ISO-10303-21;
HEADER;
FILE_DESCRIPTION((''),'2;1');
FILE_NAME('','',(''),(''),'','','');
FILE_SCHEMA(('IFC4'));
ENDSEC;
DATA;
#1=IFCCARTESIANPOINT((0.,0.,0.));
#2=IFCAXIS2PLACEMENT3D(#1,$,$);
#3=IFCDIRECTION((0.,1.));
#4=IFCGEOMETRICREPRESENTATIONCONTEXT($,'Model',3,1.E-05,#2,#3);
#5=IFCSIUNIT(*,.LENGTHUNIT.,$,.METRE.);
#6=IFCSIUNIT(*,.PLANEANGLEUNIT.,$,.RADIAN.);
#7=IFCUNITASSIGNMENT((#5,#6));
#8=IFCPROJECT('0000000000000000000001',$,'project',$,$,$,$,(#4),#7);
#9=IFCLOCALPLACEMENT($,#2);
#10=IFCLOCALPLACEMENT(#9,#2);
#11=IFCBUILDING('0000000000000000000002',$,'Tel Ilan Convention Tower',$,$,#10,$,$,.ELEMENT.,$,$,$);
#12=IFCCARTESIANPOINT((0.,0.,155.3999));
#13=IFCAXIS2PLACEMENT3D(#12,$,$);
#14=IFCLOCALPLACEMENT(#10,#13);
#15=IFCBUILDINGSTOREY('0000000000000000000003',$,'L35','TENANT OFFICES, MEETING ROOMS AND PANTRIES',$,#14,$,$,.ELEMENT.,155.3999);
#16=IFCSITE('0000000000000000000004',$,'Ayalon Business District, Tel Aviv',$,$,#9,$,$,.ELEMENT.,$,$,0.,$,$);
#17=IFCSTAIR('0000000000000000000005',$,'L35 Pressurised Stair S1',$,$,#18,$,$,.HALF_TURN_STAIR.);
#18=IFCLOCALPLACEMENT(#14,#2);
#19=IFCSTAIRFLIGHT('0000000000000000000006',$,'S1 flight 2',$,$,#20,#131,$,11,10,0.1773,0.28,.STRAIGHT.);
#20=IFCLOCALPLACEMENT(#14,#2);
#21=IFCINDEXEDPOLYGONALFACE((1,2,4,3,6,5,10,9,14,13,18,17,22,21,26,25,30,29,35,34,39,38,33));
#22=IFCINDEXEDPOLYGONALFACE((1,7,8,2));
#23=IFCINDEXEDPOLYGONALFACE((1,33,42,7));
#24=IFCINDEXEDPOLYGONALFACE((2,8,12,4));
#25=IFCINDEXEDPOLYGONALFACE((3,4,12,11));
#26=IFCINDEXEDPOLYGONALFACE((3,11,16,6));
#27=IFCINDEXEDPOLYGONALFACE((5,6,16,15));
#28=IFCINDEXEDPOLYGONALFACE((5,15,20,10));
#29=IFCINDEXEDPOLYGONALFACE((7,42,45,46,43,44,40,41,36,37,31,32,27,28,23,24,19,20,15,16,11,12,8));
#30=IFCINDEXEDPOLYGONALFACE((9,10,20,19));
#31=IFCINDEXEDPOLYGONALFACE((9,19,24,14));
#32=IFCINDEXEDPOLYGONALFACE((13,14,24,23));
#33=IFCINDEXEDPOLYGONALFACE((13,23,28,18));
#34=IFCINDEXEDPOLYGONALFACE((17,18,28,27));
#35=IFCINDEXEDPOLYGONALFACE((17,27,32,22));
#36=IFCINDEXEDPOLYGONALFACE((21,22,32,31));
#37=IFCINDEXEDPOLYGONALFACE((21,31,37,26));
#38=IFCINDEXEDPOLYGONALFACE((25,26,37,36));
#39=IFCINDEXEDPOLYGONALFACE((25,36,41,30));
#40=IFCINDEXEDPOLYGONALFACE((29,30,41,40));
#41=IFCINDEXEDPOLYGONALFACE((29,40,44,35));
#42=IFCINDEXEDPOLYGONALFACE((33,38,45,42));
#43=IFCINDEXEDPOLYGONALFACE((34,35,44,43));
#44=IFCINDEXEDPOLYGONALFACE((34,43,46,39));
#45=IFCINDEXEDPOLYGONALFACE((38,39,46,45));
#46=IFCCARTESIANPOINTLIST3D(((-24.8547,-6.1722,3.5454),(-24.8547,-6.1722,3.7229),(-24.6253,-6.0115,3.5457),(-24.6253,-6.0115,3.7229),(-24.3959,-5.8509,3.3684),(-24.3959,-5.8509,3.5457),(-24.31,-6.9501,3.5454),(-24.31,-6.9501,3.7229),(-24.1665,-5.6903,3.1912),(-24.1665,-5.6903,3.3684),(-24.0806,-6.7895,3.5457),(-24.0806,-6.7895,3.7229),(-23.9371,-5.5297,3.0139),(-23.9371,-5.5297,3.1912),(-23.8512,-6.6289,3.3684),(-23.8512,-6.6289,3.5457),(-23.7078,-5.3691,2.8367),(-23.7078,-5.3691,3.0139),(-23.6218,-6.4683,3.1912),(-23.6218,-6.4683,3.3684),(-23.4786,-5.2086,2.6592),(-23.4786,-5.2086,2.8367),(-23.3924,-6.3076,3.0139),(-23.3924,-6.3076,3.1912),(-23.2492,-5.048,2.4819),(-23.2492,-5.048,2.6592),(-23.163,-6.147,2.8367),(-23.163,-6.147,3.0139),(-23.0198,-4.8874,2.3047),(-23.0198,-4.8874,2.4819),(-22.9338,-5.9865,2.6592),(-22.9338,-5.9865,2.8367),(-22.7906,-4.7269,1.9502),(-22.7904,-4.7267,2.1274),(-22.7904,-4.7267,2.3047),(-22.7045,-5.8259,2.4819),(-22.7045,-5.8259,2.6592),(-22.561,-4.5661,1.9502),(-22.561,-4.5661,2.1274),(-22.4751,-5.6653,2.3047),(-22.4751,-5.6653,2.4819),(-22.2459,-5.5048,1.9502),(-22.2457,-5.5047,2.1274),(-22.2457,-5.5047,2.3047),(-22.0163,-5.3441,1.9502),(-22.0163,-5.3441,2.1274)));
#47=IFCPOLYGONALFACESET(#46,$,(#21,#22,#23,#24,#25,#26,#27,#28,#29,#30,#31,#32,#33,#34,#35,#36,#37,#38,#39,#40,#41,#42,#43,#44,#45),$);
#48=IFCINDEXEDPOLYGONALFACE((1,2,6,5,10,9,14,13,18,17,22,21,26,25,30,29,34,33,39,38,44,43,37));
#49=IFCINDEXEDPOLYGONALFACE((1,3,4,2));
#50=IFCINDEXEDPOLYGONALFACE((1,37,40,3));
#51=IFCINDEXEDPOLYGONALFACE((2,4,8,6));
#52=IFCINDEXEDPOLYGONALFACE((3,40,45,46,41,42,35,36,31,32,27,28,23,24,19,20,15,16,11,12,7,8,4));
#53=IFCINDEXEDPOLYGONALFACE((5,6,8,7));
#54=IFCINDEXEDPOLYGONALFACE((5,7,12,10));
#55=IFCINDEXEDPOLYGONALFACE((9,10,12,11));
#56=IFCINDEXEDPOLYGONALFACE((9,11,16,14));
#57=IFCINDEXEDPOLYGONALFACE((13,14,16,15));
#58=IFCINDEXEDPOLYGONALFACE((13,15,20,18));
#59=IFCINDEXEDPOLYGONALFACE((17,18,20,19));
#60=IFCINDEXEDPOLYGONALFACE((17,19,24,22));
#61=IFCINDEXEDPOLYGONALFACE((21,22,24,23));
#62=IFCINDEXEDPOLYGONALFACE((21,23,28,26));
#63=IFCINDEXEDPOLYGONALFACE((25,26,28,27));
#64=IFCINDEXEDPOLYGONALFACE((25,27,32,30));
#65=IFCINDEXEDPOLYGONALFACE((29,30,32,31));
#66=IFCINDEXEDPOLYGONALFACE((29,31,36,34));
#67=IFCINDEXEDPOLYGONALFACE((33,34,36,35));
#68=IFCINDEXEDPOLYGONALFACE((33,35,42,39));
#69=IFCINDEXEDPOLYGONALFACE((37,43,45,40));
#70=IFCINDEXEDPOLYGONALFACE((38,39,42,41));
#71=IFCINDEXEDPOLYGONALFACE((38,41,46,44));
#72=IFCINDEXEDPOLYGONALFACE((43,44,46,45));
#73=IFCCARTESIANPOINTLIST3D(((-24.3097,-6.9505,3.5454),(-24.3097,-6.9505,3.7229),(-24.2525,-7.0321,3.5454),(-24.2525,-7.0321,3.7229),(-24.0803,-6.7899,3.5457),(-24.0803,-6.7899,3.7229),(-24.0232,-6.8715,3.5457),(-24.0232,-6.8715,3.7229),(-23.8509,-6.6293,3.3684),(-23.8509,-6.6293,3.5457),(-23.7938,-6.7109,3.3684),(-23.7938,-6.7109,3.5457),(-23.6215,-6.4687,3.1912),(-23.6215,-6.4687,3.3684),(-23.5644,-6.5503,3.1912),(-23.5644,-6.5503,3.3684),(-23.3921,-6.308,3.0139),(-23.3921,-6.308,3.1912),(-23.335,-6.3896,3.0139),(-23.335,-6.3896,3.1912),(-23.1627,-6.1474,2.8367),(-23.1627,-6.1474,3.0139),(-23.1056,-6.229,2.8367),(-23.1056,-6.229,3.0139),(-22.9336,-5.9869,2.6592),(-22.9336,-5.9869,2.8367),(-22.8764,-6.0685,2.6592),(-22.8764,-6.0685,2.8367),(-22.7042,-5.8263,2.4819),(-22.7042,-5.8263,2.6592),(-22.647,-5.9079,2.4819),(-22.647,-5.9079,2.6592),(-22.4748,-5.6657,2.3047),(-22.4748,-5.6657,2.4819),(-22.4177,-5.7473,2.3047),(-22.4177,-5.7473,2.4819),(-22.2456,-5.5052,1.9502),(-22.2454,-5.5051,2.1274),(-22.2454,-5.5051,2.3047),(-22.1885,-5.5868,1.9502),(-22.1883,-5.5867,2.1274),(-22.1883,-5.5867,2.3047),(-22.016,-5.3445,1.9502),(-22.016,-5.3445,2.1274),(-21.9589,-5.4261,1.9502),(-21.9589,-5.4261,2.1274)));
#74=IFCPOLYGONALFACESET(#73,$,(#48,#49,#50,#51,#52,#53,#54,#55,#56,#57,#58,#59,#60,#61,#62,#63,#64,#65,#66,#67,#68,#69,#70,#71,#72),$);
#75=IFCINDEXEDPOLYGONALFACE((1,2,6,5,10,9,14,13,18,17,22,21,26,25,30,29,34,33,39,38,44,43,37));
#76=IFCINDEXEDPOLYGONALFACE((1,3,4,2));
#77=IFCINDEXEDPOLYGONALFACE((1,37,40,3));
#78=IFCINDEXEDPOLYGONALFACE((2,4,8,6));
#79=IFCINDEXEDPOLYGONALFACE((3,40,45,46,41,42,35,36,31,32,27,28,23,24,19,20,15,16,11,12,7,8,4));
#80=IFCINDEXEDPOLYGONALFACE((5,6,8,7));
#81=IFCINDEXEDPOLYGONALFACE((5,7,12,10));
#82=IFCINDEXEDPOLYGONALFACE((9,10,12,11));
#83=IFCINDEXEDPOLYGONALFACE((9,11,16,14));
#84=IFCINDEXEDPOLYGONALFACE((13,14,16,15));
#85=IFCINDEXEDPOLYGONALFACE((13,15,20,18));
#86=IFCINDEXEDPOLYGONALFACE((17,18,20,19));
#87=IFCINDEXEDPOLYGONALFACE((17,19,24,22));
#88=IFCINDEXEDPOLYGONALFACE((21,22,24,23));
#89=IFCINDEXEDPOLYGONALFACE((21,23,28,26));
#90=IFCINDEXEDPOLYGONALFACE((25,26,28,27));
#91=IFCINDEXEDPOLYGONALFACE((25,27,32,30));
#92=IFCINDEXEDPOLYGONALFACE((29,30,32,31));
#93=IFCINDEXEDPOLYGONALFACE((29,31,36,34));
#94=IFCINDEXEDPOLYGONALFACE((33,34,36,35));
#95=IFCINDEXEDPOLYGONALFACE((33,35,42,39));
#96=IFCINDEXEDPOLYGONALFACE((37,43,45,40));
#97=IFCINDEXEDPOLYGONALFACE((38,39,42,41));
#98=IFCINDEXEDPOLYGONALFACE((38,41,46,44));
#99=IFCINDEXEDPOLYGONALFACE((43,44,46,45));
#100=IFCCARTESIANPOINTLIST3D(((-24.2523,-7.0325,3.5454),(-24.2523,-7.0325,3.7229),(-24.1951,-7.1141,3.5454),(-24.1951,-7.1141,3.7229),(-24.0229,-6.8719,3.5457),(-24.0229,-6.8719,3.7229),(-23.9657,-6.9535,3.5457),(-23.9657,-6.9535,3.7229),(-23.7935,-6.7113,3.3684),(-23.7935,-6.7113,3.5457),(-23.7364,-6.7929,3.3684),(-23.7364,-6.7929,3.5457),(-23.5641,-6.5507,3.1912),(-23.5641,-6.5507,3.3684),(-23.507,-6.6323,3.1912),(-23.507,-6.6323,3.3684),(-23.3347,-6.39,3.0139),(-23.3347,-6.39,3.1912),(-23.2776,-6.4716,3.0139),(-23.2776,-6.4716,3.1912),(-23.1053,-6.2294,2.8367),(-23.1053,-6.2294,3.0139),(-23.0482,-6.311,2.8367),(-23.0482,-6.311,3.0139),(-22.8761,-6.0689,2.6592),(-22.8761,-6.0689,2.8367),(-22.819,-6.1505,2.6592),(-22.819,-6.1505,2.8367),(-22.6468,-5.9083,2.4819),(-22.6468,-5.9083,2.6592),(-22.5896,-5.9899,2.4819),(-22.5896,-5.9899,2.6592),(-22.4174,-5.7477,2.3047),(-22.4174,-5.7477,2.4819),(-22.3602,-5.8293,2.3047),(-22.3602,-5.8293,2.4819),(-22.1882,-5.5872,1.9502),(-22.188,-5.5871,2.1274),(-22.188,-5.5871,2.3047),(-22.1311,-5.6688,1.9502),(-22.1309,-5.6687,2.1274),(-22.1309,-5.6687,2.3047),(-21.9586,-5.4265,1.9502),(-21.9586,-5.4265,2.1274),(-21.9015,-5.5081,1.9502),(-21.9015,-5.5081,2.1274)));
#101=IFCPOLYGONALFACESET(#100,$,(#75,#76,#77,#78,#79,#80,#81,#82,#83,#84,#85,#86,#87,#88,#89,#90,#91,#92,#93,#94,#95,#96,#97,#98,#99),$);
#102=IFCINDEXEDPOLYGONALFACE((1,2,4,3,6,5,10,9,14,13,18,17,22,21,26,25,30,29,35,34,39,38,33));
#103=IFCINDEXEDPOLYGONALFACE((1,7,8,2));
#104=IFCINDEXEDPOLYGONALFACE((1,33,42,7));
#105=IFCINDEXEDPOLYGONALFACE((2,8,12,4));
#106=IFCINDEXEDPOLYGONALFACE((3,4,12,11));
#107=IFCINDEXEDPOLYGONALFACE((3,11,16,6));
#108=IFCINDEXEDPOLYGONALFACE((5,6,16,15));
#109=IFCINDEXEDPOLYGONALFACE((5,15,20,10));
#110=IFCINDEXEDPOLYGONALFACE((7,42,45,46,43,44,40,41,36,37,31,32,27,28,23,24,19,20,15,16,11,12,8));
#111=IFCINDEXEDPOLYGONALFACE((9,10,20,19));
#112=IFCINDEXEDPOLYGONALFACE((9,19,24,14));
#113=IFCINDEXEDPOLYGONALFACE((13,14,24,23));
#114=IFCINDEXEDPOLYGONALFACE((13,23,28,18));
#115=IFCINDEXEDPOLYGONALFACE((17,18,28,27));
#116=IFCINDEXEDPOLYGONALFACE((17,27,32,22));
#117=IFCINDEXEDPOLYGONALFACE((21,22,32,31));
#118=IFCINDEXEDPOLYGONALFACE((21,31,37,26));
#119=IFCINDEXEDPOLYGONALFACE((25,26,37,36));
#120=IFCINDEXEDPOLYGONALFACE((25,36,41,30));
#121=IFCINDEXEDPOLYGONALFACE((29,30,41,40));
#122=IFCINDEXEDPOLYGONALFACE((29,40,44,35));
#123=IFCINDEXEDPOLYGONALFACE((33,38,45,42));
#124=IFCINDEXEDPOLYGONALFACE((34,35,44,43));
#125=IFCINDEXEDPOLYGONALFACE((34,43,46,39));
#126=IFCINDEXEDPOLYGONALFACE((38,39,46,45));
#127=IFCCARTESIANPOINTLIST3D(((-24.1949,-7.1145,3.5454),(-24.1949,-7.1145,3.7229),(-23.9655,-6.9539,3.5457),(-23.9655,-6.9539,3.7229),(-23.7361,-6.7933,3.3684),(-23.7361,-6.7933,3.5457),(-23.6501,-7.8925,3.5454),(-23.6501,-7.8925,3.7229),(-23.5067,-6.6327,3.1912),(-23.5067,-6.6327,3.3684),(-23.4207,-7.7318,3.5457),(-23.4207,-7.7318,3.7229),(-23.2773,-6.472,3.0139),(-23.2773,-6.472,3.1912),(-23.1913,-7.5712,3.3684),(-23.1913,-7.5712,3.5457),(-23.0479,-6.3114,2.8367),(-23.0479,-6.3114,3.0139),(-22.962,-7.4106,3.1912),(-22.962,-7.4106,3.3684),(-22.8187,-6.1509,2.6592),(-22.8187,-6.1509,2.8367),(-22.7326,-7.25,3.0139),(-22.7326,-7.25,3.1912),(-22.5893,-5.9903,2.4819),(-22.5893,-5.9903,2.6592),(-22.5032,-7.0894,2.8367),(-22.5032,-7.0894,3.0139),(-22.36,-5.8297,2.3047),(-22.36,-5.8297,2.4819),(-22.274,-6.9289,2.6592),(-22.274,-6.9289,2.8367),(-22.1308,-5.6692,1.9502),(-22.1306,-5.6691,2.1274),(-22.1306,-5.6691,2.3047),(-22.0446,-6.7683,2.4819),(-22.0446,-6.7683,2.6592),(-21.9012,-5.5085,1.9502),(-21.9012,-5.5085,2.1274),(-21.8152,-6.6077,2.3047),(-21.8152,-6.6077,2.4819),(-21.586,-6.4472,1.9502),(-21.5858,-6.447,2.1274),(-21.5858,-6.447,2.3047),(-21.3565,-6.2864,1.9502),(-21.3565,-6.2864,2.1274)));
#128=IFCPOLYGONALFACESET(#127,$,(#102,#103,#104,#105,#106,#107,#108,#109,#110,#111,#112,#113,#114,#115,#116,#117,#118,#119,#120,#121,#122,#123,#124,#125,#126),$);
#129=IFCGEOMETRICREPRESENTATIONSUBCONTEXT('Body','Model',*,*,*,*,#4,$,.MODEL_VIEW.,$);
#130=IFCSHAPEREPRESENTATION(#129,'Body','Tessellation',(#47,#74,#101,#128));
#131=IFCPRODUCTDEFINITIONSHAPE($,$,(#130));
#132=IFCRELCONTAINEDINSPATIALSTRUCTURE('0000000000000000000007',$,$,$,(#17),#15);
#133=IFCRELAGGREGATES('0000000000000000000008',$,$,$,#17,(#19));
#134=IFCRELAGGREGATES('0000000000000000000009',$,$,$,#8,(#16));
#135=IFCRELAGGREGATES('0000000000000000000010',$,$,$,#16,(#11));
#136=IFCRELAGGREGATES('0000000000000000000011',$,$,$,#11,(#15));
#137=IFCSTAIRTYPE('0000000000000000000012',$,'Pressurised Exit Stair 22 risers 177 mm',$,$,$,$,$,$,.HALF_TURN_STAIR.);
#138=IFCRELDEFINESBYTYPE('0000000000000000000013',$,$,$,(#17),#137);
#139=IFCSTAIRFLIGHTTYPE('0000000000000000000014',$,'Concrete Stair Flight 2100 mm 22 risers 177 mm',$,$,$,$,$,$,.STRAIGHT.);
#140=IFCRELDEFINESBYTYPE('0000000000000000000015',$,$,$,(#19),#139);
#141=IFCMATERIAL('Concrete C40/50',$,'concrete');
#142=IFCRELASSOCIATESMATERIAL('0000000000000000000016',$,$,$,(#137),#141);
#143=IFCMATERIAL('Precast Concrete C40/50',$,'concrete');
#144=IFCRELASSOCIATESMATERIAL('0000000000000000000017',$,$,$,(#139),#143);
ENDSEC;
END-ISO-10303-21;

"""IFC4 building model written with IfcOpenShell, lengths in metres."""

from ifc_helpers import new_model, si_unit, direction, frame, origin, place, context, subcontext, project, spatial, polyline, outline, extrude, material, type_object, element, aggregate, save


model = new_model("IFC4")

# Units and contexts
model_context = context("Model", 3, precision=1e-05, world=origin(), true_north=direction((0.0, 1.0)))
body_context = subcontext(model_context, "Body", "Model", "MODEL_VIEW")
ifc_project = project(units=[si_unit("LENGTHUNIT", "METRE"), si_unit("PLANEANGLEUNIT", "RADIAN")], contexts=[model_context])

# Site, building, storey
site_placement = place(None, origin())
site = spatial("IfcSite", under=ifc_project, at=site_placement, Name="Ayalon Business District, Tel Aviv", CompositionType="ELEMENT", RefElevation=0.0)
building_placement = place(site_placement, origin())
building = spatial("IfcBuilding", under=site, at=building_placement, Name="Tel Ilan Convention Tower", CompositionType="ELEMENT")
storey_placement = place(building_placement, frame((0.0, 0.0, 155.3999)))
storey = spatial("IfcBuildingStorey", under=building, at=storey_placement, Name="L35", Description="TENANT OFFICES, MEETING ROOMS AND PANTRIES", CompositionType="ELEMENT", Elevation=155.3999)

# Stair, stair flight
ifc_material_1 = material(Name="Concrete C40/50", Category="concrete")
stair_type = type_object("IfcStairType", Name="Pressurised Exit Stair 22 risers 177 mm", PredefinedType="HALF_TURN_STAIR", material=ifc_material_1)
stair_1_placement = place(storey_placement, origin())
stair_1 = element("IfcStair", 1, at=stair_1_placement, inside=storey, type_object=stair_type, Name="L35 Pressurised Stair S1", PredefinedType="HALF_TURN_STAIR")
ifc_material_2 = material(Name="Precast Concrete C40/50", Category="concrete")
stair_flight_type = type_object("IfcStairFlightType", Name="Concrete Stair Flight 2100 mm 22 risers 177 mm", PredefinedType="STRAIGHT", material=ifc_material_2)
stair_flight_1_placement = place(storey_placement, frame((-21.9587, -5.4263, 1.9502), z_axis=(0.0, 0.0, 1.0), x_axis=(-0.819152, -0.573576, 0.0)))
stair_flight_1 = element("IfcStairFlight", 2, at=stair_flight_1_placement, type_object=stair_flight_type, Name="S1 flight 2", NumberOfRisers=11, NumberOfTreads=10, PredefinedType="STRAIGHT", RiserHeight=0.1773, TreadLength=0.28, context=body_context, shape_type="SweptSolid", body=[
    extrude(outline(polyline([(0.0, 0.0), (0.0, 0.1772), (0.28, 0.1772), (0.28, 0.3545), (0.5601, 0.3545), (0.5601, 0.5317), (0.8401, 0.5317), (0.8401, 0.709), (1.1201, 0.709), (1.1201, 0.8865), (1.3999, 0.8865), (1.3999, 1.0637), (1.6799, 1.0637), (1.6799, 1.241), (1.96, 1.241), (1.96, 1.4182), (2.24, 1.4182), (2.24, 1.5955), (2.52, 1.5955), (2.52, 1.7727), (2.8, 1.7727), (2.8, 1.95), (2.8, 1.5952), (0.2803, 0.0), (0.0, 0.0)])), frame((0.0, -0.1003, 0.0), z_axis=(0.0, -1.0, 0.0), x_axis=(1.0, 0.0, 0.0)), (0.0, 0.0, 1.0), 0.9497),
    extrude(outline(polyline([(0.0, 0.0), (0.0, 0.1772), (0.28, 0.1772), (0.28, 0.3545), (0.5601, 0.3545), (0.5601, 0.5317), (0.8401, 0.5317), (0.8401, 0.709), (1.1201, 0.709), (1.1201, 0.8865), (1.3999, 0.8865), (1.3999, 1.0637), (1.6799, 1.0637), (1.6799, 1.241), (1.96, 1.241), (1.96, 1.4182), (2.24, 1.4182), (2.24, 1.5955), (2.52, 1.5955), (2.52, 1.7727), (2.8, 1.7727), (2.8, 1.95), (2.8, 1.5952), (0.2803, 0.0), (0.0, 0.0)])), frame((0.0, -0.0002, 0.0), z_axis=(0.0, -1.0, 0.0), x_axis=(1.0, 0.0, 0.0)), (0.0, 0.0, 1.0), 0.0996),
    extrude(outline(polyline([(0.0, 0.0), (0.0, 0.1772), (0.28, 0.1772), (0.28, 0.3545), (0.5601, 0.3545), (0.5601, 0.5317), (0.8401, 0.5317), (0.8401, 0.709), (1.1201, 0.709), (1.1201, 0.8865), (1.3999, 0.8865), (1.3999, 1.0637), (1.6799, 1.0637), (1.6799, 1.241), (1.96, 1.241), (1.96, 1.4182), (2.24, 1.4182), (2.24, 1.5955), (2.52, 1.5955), (2.52, 1.7727), (2.8, 1.7727), (2.8, 1.95), (2.8, 1.5952), (0.2803, 0.0), (0.0, 0.0)])), frame((0.0, 0.0999, 0.0), z_axis=(0.0, -1.0, 0.0), x_axis=(1.0, 0.0, 0.0)), (0.0, 0.0, 1.0), 0.0996),
    extrude(outline(polyline([(0.0, 0.0), (0.0, 0.1772), (0.28, 0.1772), (0.28, 0.3545), (0.5601, 0.3545), (0.5601, 0.5317), (0.8401, 0.5317), (0.8401, 0.709), (1.1201, 0.709), (1.1201, 0.8865), (1.3999, 0.8865), (1.3999, 1.0637), (1.6799, 1.0637), (1.6799, 1.241), (1.96, 1.241), (1.96, 1.4182), (2.24, 1.4182), (2.24, 1.5955), (2.52, 1.5955), (2.52, 1.7727), (2.8, 1.7727), (2.8, 1.95), (2.8, 1.5952), (0.2803, 0.0), (0.0, 0.0)])), frame((0.0, 1.05, 0.0), z_axis=(0.0, -1.0, 0.0), x_axis=(1.0, 0.0, 0.0)), (0.0, 0.0, 1.0), 0.9497),
])
aggregate(stair_1, [stair_flight_1])

save(model, "model.ifc")
